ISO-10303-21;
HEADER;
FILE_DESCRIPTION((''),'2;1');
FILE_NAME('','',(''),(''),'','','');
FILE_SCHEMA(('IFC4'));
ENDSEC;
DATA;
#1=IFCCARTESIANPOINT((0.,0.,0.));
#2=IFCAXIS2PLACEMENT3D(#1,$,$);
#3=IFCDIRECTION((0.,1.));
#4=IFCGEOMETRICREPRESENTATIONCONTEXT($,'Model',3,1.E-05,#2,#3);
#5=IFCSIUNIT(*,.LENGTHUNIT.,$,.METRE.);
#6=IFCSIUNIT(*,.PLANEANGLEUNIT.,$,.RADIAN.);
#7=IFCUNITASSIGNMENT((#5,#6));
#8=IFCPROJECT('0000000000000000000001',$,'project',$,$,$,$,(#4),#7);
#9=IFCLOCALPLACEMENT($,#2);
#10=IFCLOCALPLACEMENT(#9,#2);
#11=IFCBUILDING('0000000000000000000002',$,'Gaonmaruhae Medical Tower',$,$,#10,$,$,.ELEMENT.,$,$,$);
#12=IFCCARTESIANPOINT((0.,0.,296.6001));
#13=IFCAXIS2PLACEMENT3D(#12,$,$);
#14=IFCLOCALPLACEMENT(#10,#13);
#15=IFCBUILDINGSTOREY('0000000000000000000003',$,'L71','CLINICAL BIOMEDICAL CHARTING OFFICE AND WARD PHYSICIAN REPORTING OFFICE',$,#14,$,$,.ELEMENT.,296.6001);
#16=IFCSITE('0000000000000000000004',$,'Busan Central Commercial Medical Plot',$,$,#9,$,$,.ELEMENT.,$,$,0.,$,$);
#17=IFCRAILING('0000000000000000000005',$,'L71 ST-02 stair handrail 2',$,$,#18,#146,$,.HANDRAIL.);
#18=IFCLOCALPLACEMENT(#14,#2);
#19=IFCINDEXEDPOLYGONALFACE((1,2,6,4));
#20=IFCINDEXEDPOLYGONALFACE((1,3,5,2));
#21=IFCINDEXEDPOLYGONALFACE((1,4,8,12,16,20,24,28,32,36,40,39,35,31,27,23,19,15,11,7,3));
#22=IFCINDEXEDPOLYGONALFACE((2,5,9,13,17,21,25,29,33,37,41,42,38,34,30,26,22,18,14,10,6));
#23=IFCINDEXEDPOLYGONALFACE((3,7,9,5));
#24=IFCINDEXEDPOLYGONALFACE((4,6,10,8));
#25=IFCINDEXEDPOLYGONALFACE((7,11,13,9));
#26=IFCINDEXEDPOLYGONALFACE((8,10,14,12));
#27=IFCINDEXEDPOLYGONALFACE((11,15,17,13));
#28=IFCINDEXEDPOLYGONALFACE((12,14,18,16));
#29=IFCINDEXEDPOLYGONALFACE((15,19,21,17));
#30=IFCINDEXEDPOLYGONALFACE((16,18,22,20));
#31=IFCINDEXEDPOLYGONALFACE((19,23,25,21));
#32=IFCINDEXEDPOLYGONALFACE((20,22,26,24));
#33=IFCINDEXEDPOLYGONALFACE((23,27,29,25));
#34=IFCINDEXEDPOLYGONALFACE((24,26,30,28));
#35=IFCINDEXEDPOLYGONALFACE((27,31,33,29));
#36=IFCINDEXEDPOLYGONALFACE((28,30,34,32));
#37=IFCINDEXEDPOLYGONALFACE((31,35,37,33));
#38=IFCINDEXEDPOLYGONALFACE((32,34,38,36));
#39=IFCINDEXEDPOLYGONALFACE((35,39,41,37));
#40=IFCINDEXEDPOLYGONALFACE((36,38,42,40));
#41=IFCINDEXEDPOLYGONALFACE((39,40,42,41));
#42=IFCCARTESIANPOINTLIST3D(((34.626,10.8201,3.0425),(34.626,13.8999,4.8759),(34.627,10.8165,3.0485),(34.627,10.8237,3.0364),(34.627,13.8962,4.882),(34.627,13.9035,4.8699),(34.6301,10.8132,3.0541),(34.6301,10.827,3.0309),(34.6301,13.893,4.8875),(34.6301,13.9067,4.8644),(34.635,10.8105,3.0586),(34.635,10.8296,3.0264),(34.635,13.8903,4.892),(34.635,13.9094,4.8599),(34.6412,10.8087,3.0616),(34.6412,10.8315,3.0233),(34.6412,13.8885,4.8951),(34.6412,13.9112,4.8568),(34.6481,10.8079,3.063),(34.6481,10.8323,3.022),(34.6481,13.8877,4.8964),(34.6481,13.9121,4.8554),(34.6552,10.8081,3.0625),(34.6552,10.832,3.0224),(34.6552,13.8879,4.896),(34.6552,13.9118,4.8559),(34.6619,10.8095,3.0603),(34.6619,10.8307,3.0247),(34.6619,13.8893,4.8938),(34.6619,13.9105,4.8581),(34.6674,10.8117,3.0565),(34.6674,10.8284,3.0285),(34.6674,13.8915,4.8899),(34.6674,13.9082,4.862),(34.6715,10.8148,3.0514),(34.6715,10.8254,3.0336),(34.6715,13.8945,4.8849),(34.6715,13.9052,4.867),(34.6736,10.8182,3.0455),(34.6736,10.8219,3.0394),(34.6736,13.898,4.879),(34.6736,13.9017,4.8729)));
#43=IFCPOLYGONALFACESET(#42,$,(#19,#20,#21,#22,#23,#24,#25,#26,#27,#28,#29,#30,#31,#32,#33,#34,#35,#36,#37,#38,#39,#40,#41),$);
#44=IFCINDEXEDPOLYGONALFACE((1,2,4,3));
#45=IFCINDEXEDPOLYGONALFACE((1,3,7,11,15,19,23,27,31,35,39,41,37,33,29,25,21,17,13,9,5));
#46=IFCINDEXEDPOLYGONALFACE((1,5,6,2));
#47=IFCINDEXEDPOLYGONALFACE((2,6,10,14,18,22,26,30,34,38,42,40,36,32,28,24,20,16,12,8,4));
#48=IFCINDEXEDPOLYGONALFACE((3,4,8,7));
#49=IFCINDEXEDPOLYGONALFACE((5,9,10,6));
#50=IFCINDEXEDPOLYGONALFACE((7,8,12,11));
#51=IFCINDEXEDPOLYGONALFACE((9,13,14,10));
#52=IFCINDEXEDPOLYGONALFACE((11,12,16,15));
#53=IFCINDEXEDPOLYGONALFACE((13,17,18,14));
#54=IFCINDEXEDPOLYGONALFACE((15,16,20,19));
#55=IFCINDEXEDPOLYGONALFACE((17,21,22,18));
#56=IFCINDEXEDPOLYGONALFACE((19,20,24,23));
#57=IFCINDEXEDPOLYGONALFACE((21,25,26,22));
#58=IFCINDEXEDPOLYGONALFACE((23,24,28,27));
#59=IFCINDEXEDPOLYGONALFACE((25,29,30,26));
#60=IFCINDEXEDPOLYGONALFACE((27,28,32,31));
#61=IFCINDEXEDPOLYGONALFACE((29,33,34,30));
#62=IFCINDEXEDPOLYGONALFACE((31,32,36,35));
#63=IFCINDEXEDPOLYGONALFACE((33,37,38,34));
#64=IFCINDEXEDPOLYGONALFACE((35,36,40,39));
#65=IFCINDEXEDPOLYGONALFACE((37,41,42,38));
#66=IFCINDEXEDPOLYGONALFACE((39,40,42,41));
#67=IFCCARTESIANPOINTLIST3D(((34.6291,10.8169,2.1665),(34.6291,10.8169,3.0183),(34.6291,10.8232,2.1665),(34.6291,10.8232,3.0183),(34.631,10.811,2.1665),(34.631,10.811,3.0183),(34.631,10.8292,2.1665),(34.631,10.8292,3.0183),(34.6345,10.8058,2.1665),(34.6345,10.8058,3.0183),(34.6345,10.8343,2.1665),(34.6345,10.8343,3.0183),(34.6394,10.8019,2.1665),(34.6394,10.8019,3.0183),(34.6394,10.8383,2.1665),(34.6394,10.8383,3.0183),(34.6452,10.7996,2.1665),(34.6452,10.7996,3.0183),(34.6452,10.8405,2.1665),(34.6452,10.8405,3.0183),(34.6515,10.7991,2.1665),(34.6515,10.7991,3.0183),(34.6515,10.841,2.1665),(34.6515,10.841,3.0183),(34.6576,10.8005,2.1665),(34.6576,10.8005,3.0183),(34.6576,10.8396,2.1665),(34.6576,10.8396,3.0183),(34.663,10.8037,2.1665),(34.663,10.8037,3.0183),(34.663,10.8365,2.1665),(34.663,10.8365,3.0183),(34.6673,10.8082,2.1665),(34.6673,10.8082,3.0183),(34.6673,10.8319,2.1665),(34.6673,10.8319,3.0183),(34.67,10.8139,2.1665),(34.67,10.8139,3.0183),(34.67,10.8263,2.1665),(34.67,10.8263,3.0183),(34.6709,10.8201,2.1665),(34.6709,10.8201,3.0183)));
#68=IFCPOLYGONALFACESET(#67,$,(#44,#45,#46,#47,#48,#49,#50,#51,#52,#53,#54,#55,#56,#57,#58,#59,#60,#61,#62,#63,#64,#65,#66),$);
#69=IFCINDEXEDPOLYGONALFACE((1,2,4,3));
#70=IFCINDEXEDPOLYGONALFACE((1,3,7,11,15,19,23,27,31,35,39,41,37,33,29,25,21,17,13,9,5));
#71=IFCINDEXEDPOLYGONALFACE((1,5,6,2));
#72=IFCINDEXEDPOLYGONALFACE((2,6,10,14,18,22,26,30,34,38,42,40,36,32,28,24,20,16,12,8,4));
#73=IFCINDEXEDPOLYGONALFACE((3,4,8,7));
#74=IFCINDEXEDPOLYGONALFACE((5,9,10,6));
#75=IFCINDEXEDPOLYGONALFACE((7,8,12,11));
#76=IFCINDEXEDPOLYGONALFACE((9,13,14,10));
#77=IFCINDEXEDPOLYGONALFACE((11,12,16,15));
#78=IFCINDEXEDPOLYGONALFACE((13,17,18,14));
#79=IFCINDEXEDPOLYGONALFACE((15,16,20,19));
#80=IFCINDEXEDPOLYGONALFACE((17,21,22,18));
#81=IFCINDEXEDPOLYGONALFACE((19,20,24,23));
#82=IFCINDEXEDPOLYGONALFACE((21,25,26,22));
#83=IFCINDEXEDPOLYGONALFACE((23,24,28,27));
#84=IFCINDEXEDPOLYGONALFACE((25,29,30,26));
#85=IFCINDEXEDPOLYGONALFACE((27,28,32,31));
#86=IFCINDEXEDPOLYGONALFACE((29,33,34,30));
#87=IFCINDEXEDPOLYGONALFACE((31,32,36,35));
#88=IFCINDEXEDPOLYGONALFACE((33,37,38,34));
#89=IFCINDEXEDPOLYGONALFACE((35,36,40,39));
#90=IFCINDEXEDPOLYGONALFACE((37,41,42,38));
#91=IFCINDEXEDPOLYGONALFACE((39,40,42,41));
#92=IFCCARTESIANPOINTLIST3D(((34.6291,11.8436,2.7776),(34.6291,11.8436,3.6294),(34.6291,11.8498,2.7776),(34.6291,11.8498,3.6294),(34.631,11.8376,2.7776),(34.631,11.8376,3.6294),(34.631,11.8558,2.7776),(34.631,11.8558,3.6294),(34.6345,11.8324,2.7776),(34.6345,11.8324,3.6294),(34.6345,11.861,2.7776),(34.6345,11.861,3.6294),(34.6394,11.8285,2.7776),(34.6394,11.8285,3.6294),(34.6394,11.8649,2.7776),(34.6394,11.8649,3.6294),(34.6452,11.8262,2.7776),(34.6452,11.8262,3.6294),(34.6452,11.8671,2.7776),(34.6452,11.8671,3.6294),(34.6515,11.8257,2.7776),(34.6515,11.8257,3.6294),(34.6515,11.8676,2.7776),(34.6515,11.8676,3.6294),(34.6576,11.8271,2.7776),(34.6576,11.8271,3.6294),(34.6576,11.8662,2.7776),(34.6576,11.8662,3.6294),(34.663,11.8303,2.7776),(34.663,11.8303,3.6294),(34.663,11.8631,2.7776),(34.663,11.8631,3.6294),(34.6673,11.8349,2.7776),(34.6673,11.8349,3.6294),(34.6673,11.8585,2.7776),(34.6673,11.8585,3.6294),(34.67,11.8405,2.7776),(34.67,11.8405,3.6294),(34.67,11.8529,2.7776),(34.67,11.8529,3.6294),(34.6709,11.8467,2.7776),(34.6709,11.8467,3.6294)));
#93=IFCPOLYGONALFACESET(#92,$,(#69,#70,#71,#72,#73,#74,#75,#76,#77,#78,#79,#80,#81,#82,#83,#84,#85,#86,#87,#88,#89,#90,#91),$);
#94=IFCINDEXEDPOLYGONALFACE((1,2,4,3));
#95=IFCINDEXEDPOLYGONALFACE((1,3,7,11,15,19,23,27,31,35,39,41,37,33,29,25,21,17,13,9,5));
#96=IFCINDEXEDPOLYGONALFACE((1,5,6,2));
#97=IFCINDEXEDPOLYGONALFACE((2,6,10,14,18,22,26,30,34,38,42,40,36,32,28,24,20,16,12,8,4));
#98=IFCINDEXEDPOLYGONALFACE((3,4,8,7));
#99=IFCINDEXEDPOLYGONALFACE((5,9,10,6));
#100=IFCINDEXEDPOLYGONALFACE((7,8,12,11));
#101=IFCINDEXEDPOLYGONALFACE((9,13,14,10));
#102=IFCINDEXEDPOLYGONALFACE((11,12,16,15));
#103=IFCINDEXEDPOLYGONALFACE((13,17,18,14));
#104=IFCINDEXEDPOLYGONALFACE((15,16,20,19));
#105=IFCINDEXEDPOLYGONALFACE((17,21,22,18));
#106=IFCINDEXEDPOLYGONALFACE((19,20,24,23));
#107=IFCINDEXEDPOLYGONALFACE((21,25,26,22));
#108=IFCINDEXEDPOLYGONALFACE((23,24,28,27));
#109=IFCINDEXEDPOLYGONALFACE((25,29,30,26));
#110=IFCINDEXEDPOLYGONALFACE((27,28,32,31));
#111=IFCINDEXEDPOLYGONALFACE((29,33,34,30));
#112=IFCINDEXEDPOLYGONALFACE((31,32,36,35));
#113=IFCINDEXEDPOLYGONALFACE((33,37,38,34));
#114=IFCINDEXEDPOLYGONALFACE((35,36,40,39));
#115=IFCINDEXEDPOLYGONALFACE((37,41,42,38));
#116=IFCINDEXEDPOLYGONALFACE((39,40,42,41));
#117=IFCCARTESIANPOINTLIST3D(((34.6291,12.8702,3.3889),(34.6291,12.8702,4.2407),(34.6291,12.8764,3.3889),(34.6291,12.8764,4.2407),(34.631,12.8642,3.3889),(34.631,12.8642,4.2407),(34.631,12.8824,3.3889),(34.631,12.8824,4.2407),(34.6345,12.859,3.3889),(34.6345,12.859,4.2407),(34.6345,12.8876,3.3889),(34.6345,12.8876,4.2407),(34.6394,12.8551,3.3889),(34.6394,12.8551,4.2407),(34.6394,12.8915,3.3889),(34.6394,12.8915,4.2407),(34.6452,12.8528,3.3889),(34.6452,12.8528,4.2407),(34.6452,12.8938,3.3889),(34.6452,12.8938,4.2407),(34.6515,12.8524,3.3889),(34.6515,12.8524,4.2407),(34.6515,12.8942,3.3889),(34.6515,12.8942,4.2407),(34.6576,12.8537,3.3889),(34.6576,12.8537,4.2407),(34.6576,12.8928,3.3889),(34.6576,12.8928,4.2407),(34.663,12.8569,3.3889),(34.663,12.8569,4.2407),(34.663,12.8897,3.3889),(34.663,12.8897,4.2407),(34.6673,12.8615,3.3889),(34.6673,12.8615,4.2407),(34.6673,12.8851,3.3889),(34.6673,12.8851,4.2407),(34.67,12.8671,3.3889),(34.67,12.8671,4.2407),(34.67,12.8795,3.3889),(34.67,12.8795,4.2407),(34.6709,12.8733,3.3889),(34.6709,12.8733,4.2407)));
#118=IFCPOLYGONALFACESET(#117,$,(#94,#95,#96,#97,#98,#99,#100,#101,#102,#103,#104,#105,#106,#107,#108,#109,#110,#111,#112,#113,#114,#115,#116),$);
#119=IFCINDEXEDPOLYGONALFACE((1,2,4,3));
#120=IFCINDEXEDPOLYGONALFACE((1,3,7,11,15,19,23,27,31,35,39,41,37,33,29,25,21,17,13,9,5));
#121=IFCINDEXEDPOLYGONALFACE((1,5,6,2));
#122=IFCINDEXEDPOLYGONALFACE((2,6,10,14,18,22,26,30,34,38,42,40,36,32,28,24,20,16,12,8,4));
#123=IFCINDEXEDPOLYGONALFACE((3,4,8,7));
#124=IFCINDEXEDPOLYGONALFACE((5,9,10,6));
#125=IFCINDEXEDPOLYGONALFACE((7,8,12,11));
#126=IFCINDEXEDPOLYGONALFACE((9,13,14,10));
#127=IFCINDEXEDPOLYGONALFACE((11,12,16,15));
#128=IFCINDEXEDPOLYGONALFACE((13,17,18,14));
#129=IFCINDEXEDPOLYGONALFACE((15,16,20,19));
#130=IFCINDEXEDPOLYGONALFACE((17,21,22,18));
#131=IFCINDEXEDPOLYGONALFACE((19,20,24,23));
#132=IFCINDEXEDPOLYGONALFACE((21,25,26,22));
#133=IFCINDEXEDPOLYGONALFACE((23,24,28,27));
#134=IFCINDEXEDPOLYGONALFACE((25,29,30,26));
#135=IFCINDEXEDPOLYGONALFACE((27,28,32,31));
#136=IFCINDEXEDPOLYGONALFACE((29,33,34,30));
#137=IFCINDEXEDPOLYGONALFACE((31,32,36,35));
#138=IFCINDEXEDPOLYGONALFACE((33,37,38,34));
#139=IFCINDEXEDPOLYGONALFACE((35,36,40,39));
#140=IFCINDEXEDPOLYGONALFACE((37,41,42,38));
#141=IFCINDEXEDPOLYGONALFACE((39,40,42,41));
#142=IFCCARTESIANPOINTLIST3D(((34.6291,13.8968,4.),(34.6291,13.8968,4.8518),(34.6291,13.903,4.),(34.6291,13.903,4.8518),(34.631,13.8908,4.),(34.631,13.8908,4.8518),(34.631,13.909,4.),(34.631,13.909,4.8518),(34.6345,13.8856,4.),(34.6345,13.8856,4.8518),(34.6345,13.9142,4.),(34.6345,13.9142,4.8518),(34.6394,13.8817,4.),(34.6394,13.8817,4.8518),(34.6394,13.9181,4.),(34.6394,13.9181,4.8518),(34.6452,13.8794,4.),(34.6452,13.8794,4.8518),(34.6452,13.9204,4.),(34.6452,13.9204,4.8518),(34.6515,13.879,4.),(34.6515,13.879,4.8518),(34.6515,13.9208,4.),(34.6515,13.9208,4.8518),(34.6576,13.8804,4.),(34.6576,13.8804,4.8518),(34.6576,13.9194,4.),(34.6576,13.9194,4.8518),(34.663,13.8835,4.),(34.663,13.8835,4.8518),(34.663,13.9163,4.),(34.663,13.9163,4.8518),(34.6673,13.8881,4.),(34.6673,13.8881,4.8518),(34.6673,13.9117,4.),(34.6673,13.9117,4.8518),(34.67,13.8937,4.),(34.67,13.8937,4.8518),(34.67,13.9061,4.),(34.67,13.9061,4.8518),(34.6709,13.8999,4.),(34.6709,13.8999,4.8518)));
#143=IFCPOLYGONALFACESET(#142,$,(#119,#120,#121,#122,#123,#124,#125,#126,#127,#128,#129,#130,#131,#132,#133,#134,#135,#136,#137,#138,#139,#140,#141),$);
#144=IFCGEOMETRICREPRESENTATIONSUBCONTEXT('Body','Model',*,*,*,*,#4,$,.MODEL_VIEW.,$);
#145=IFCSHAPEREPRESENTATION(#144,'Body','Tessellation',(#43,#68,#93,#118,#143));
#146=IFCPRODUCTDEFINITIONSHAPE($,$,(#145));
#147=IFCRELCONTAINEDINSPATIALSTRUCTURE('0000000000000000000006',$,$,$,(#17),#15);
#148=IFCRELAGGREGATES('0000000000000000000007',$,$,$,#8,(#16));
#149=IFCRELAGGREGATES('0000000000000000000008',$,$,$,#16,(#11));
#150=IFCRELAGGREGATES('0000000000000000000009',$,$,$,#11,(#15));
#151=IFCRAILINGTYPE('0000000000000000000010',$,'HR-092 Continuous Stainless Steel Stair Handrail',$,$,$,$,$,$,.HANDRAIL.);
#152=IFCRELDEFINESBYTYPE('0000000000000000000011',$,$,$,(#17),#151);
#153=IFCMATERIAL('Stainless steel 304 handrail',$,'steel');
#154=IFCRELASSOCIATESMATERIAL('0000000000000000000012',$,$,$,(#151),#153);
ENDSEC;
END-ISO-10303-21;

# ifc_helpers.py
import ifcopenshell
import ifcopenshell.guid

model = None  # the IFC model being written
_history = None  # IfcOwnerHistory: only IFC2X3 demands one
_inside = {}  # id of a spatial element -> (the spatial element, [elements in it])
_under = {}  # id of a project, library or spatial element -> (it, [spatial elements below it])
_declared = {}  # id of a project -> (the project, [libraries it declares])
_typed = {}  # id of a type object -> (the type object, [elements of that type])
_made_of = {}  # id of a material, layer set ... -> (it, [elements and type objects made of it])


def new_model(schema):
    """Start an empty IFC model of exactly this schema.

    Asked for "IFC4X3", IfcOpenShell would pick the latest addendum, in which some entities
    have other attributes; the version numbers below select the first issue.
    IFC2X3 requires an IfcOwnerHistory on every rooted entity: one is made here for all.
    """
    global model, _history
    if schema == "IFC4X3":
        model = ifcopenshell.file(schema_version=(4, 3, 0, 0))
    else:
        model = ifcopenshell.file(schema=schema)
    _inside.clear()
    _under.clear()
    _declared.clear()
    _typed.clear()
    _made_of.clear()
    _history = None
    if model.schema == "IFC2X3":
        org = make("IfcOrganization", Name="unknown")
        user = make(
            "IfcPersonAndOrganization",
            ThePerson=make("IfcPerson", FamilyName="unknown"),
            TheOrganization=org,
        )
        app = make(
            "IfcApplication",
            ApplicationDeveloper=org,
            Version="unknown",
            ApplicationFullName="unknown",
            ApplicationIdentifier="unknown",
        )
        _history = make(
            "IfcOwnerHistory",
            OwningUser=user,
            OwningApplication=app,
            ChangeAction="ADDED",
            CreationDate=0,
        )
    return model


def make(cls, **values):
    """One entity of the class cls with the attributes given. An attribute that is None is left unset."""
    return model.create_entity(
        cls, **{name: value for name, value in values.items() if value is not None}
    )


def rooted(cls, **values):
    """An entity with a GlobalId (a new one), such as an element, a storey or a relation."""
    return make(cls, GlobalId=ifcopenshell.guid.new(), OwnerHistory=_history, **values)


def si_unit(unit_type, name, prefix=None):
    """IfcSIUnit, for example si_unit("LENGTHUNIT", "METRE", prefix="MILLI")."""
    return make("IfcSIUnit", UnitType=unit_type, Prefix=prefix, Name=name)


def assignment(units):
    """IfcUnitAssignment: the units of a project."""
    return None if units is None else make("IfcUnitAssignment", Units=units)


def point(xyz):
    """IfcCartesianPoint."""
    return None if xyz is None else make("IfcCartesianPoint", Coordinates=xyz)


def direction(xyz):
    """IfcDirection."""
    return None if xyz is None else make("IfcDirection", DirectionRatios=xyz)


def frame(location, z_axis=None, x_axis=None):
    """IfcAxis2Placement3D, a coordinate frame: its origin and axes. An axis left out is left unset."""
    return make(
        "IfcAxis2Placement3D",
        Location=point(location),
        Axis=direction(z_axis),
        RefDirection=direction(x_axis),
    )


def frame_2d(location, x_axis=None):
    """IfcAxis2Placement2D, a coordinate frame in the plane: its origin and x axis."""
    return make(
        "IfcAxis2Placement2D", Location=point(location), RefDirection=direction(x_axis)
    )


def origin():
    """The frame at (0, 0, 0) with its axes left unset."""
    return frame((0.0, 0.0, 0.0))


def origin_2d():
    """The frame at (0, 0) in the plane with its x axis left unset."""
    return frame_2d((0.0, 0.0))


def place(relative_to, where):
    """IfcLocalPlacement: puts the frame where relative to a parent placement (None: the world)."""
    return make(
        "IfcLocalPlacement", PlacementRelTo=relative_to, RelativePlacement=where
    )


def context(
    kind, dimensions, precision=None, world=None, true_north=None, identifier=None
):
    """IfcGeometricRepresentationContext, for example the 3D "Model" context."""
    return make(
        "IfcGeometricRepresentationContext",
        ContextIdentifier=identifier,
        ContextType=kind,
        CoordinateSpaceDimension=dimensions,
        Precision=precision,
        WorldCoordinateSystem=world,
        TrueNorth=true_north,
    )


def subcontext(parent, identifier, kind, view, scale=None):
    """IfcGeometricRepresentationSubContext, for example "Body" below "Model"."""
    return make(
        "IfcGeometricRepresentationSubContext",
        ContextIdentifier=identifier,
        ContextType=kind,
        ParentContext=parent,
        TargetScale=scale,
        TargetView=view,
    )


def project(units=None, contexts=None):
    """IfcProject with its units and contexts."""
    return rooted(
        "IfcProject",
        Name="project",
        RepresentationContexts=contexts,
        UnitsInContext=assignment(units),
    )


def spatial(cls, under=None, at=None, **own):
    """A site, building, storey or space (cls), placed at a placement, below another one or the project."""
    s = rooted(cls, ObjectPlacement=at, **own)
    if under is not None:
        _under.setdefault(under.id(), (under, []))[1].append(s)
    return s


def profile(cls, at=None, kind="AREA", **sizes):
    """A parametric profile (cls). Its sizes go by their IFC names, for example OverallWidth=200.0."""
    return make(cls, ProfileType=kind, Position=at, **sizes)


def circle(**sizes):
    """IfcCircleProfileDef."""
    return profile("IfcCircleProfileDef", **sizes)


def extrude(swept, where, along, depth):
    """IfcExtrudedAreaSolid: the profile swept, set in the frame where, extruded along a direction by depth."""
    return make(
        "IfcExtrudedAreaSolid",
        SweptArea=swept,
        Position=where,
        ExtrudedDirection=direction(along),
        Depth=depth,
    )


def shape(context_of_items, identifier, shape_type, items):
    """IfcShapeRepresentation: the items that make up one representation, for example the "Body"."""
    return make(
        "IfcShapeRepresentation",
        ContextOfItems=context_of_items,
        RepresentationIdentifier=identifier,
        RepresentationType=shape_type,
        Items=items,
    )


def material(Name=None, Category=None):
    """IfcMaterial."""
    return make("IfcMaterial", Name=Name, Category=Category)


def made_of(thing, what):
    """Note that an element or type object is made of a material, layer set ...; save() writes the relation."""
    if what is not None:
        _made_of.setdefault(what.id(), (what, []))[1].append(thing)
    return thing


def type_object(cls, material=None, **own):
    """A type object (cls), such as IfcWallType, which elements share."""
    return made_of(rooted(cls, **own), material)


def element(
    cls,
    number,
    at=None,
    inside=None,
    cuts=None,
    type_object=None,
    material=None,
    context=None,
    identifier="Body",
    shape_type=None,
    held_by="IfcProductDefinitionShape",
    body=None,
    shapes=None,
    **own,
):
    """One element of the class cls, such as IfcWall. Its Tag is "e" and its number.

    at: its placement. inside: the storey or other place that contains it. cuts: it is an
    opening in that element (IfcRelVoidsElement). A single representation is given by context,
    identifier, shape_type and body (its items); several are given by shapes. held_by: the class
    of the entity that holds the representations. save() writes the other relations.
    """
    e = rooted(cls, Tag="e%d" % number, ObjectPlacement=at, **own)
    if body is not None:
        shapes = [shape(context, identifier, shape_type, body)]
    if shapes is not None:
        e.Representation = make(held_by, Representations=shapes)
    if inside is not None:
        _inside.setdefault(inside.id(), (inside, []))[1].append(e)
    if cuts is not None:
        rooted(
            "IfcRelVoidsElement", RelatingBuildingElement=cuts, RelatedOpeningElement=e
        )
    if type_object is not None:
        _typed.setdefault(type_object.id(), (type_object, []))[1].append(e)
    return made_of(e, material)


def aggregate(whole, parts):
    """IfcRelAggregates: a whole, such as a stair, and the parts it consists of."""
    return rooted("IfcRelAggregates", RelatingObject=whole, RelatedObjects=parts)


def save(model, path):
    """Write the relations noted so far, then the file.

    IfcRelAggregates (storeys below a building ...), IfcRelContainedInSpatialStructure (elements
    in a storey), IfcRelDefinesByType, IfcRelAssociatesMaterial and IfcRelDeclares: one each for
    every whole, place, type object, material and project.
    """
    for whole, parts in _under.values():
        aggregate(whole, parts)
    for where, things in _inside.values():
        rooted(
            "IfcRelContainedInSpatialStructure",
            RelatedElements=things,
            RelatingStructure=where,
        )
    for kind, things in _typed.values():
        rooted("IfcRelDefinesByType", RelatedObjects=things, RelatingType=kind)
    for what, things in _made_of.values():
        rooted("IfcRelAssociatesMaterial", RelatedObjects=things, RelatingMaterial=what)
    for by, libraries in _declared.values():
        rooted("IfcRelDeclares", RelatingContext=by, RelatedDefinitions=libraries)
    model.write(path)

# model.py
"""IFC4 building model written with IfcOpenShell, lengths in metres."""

from ifc_helpers import new_model, si_unit, direction, frame, origin, origin_2d, place, context, subcontext, project, spatial, circle, extrude, material, type_object, element, save


model = new_model("IFC4")

# Units and contexts
model_context = context("Model", 3, precision=1e-05, world=origin(), true_north=direction((0.0, 1.0)))
body_context = subcontext(model_context, "Body", "Model", "MODEL_VIEW")
ifc_project = project(units=[si_unit("LENGTHUNIT", "METRE"), si_unit("PLANEANGLEUNIT", "RADIAN")], contexts=[model_context])

# Site, building, storey
site_placement = place(None, origin())
site = spatial("IfcSite", under=ifc_project, at=site_placement, Name="Busan Central Commercial Medical Plot", CompositionType="ELEMENT", RefElevation=0.0)
building_placement = place(site_placement, origin())
building = spatial("IfcBuilding", under=site, at=building_placement, Name="Gaonmaruhae Medical Tower", CompositionType="ELEMENT")
storey_placement = place(building_placement, frame((0.0, 0.0, 296.6001)))
storey = spatial("IfcBuildingStorey", under=building, at=storey_placement, Name="L71", Description="CLINICAL BIOMEDICAL CHARTING OFFICE AND WARD PHYSICIAN REPORTING OFFICE", CompositionType="ELEMENT", Elevation=296.6001)

# Railing
ifc_material_1 = material(Name="Stainless steel 304 handrail", Category="steel")
railing_type_1 = type_object("IfcRailingType", Name="HR-092 Continuous Stainless Steel Stair Handrail", PredefinedType="HANDRAIL", material=ifc_material_1)
railing_1_placement = place(storey_placement, frame((34.6499, 10.8201, 2.1665)))
element("IfcRailing", 1, at=railing_1_placement, inside=storey, type_object=railing_type_1, Name="L71 ST-02 stair handrail 2", PredefinedType="HANDRAIL", context=body_context, shape_type="SweptSolid", body=[
    extrude(circle(Radius=0.0239, at=origin_2d()), frame((0.0, 0.0, 0.876), z_axis=(0.0, 0.859261, 0.511538), x_axis=(-1.0, 0.0, 0.0)), (0.0, 0.0, 1.0), 3.5842),
    extrude(circle(Radius=0.021, at=origin_2d()), origin(), (0.0, 0.0, 1.0), 0.8518),
    extrude(circle(Radius=0.021, at=origin_2d()), frame((0.0, 1.0266, 0.6111)), (0.0, 0.0, 1.0), 0.8518),
    extrude(circle(Radius=0.021, at=origin_2d()), frame((0.0, 2.0532, 1.2224)), (0.0, 0.0, 1.0), 0.8518),
    extrude(circle(Radius=0.021, at=origin_2d()), frame((0.0, 3.0798, 1.8335)), (0.0, 0.0, 1.0), 0.8518),
])

save(model, "model.ifc")
